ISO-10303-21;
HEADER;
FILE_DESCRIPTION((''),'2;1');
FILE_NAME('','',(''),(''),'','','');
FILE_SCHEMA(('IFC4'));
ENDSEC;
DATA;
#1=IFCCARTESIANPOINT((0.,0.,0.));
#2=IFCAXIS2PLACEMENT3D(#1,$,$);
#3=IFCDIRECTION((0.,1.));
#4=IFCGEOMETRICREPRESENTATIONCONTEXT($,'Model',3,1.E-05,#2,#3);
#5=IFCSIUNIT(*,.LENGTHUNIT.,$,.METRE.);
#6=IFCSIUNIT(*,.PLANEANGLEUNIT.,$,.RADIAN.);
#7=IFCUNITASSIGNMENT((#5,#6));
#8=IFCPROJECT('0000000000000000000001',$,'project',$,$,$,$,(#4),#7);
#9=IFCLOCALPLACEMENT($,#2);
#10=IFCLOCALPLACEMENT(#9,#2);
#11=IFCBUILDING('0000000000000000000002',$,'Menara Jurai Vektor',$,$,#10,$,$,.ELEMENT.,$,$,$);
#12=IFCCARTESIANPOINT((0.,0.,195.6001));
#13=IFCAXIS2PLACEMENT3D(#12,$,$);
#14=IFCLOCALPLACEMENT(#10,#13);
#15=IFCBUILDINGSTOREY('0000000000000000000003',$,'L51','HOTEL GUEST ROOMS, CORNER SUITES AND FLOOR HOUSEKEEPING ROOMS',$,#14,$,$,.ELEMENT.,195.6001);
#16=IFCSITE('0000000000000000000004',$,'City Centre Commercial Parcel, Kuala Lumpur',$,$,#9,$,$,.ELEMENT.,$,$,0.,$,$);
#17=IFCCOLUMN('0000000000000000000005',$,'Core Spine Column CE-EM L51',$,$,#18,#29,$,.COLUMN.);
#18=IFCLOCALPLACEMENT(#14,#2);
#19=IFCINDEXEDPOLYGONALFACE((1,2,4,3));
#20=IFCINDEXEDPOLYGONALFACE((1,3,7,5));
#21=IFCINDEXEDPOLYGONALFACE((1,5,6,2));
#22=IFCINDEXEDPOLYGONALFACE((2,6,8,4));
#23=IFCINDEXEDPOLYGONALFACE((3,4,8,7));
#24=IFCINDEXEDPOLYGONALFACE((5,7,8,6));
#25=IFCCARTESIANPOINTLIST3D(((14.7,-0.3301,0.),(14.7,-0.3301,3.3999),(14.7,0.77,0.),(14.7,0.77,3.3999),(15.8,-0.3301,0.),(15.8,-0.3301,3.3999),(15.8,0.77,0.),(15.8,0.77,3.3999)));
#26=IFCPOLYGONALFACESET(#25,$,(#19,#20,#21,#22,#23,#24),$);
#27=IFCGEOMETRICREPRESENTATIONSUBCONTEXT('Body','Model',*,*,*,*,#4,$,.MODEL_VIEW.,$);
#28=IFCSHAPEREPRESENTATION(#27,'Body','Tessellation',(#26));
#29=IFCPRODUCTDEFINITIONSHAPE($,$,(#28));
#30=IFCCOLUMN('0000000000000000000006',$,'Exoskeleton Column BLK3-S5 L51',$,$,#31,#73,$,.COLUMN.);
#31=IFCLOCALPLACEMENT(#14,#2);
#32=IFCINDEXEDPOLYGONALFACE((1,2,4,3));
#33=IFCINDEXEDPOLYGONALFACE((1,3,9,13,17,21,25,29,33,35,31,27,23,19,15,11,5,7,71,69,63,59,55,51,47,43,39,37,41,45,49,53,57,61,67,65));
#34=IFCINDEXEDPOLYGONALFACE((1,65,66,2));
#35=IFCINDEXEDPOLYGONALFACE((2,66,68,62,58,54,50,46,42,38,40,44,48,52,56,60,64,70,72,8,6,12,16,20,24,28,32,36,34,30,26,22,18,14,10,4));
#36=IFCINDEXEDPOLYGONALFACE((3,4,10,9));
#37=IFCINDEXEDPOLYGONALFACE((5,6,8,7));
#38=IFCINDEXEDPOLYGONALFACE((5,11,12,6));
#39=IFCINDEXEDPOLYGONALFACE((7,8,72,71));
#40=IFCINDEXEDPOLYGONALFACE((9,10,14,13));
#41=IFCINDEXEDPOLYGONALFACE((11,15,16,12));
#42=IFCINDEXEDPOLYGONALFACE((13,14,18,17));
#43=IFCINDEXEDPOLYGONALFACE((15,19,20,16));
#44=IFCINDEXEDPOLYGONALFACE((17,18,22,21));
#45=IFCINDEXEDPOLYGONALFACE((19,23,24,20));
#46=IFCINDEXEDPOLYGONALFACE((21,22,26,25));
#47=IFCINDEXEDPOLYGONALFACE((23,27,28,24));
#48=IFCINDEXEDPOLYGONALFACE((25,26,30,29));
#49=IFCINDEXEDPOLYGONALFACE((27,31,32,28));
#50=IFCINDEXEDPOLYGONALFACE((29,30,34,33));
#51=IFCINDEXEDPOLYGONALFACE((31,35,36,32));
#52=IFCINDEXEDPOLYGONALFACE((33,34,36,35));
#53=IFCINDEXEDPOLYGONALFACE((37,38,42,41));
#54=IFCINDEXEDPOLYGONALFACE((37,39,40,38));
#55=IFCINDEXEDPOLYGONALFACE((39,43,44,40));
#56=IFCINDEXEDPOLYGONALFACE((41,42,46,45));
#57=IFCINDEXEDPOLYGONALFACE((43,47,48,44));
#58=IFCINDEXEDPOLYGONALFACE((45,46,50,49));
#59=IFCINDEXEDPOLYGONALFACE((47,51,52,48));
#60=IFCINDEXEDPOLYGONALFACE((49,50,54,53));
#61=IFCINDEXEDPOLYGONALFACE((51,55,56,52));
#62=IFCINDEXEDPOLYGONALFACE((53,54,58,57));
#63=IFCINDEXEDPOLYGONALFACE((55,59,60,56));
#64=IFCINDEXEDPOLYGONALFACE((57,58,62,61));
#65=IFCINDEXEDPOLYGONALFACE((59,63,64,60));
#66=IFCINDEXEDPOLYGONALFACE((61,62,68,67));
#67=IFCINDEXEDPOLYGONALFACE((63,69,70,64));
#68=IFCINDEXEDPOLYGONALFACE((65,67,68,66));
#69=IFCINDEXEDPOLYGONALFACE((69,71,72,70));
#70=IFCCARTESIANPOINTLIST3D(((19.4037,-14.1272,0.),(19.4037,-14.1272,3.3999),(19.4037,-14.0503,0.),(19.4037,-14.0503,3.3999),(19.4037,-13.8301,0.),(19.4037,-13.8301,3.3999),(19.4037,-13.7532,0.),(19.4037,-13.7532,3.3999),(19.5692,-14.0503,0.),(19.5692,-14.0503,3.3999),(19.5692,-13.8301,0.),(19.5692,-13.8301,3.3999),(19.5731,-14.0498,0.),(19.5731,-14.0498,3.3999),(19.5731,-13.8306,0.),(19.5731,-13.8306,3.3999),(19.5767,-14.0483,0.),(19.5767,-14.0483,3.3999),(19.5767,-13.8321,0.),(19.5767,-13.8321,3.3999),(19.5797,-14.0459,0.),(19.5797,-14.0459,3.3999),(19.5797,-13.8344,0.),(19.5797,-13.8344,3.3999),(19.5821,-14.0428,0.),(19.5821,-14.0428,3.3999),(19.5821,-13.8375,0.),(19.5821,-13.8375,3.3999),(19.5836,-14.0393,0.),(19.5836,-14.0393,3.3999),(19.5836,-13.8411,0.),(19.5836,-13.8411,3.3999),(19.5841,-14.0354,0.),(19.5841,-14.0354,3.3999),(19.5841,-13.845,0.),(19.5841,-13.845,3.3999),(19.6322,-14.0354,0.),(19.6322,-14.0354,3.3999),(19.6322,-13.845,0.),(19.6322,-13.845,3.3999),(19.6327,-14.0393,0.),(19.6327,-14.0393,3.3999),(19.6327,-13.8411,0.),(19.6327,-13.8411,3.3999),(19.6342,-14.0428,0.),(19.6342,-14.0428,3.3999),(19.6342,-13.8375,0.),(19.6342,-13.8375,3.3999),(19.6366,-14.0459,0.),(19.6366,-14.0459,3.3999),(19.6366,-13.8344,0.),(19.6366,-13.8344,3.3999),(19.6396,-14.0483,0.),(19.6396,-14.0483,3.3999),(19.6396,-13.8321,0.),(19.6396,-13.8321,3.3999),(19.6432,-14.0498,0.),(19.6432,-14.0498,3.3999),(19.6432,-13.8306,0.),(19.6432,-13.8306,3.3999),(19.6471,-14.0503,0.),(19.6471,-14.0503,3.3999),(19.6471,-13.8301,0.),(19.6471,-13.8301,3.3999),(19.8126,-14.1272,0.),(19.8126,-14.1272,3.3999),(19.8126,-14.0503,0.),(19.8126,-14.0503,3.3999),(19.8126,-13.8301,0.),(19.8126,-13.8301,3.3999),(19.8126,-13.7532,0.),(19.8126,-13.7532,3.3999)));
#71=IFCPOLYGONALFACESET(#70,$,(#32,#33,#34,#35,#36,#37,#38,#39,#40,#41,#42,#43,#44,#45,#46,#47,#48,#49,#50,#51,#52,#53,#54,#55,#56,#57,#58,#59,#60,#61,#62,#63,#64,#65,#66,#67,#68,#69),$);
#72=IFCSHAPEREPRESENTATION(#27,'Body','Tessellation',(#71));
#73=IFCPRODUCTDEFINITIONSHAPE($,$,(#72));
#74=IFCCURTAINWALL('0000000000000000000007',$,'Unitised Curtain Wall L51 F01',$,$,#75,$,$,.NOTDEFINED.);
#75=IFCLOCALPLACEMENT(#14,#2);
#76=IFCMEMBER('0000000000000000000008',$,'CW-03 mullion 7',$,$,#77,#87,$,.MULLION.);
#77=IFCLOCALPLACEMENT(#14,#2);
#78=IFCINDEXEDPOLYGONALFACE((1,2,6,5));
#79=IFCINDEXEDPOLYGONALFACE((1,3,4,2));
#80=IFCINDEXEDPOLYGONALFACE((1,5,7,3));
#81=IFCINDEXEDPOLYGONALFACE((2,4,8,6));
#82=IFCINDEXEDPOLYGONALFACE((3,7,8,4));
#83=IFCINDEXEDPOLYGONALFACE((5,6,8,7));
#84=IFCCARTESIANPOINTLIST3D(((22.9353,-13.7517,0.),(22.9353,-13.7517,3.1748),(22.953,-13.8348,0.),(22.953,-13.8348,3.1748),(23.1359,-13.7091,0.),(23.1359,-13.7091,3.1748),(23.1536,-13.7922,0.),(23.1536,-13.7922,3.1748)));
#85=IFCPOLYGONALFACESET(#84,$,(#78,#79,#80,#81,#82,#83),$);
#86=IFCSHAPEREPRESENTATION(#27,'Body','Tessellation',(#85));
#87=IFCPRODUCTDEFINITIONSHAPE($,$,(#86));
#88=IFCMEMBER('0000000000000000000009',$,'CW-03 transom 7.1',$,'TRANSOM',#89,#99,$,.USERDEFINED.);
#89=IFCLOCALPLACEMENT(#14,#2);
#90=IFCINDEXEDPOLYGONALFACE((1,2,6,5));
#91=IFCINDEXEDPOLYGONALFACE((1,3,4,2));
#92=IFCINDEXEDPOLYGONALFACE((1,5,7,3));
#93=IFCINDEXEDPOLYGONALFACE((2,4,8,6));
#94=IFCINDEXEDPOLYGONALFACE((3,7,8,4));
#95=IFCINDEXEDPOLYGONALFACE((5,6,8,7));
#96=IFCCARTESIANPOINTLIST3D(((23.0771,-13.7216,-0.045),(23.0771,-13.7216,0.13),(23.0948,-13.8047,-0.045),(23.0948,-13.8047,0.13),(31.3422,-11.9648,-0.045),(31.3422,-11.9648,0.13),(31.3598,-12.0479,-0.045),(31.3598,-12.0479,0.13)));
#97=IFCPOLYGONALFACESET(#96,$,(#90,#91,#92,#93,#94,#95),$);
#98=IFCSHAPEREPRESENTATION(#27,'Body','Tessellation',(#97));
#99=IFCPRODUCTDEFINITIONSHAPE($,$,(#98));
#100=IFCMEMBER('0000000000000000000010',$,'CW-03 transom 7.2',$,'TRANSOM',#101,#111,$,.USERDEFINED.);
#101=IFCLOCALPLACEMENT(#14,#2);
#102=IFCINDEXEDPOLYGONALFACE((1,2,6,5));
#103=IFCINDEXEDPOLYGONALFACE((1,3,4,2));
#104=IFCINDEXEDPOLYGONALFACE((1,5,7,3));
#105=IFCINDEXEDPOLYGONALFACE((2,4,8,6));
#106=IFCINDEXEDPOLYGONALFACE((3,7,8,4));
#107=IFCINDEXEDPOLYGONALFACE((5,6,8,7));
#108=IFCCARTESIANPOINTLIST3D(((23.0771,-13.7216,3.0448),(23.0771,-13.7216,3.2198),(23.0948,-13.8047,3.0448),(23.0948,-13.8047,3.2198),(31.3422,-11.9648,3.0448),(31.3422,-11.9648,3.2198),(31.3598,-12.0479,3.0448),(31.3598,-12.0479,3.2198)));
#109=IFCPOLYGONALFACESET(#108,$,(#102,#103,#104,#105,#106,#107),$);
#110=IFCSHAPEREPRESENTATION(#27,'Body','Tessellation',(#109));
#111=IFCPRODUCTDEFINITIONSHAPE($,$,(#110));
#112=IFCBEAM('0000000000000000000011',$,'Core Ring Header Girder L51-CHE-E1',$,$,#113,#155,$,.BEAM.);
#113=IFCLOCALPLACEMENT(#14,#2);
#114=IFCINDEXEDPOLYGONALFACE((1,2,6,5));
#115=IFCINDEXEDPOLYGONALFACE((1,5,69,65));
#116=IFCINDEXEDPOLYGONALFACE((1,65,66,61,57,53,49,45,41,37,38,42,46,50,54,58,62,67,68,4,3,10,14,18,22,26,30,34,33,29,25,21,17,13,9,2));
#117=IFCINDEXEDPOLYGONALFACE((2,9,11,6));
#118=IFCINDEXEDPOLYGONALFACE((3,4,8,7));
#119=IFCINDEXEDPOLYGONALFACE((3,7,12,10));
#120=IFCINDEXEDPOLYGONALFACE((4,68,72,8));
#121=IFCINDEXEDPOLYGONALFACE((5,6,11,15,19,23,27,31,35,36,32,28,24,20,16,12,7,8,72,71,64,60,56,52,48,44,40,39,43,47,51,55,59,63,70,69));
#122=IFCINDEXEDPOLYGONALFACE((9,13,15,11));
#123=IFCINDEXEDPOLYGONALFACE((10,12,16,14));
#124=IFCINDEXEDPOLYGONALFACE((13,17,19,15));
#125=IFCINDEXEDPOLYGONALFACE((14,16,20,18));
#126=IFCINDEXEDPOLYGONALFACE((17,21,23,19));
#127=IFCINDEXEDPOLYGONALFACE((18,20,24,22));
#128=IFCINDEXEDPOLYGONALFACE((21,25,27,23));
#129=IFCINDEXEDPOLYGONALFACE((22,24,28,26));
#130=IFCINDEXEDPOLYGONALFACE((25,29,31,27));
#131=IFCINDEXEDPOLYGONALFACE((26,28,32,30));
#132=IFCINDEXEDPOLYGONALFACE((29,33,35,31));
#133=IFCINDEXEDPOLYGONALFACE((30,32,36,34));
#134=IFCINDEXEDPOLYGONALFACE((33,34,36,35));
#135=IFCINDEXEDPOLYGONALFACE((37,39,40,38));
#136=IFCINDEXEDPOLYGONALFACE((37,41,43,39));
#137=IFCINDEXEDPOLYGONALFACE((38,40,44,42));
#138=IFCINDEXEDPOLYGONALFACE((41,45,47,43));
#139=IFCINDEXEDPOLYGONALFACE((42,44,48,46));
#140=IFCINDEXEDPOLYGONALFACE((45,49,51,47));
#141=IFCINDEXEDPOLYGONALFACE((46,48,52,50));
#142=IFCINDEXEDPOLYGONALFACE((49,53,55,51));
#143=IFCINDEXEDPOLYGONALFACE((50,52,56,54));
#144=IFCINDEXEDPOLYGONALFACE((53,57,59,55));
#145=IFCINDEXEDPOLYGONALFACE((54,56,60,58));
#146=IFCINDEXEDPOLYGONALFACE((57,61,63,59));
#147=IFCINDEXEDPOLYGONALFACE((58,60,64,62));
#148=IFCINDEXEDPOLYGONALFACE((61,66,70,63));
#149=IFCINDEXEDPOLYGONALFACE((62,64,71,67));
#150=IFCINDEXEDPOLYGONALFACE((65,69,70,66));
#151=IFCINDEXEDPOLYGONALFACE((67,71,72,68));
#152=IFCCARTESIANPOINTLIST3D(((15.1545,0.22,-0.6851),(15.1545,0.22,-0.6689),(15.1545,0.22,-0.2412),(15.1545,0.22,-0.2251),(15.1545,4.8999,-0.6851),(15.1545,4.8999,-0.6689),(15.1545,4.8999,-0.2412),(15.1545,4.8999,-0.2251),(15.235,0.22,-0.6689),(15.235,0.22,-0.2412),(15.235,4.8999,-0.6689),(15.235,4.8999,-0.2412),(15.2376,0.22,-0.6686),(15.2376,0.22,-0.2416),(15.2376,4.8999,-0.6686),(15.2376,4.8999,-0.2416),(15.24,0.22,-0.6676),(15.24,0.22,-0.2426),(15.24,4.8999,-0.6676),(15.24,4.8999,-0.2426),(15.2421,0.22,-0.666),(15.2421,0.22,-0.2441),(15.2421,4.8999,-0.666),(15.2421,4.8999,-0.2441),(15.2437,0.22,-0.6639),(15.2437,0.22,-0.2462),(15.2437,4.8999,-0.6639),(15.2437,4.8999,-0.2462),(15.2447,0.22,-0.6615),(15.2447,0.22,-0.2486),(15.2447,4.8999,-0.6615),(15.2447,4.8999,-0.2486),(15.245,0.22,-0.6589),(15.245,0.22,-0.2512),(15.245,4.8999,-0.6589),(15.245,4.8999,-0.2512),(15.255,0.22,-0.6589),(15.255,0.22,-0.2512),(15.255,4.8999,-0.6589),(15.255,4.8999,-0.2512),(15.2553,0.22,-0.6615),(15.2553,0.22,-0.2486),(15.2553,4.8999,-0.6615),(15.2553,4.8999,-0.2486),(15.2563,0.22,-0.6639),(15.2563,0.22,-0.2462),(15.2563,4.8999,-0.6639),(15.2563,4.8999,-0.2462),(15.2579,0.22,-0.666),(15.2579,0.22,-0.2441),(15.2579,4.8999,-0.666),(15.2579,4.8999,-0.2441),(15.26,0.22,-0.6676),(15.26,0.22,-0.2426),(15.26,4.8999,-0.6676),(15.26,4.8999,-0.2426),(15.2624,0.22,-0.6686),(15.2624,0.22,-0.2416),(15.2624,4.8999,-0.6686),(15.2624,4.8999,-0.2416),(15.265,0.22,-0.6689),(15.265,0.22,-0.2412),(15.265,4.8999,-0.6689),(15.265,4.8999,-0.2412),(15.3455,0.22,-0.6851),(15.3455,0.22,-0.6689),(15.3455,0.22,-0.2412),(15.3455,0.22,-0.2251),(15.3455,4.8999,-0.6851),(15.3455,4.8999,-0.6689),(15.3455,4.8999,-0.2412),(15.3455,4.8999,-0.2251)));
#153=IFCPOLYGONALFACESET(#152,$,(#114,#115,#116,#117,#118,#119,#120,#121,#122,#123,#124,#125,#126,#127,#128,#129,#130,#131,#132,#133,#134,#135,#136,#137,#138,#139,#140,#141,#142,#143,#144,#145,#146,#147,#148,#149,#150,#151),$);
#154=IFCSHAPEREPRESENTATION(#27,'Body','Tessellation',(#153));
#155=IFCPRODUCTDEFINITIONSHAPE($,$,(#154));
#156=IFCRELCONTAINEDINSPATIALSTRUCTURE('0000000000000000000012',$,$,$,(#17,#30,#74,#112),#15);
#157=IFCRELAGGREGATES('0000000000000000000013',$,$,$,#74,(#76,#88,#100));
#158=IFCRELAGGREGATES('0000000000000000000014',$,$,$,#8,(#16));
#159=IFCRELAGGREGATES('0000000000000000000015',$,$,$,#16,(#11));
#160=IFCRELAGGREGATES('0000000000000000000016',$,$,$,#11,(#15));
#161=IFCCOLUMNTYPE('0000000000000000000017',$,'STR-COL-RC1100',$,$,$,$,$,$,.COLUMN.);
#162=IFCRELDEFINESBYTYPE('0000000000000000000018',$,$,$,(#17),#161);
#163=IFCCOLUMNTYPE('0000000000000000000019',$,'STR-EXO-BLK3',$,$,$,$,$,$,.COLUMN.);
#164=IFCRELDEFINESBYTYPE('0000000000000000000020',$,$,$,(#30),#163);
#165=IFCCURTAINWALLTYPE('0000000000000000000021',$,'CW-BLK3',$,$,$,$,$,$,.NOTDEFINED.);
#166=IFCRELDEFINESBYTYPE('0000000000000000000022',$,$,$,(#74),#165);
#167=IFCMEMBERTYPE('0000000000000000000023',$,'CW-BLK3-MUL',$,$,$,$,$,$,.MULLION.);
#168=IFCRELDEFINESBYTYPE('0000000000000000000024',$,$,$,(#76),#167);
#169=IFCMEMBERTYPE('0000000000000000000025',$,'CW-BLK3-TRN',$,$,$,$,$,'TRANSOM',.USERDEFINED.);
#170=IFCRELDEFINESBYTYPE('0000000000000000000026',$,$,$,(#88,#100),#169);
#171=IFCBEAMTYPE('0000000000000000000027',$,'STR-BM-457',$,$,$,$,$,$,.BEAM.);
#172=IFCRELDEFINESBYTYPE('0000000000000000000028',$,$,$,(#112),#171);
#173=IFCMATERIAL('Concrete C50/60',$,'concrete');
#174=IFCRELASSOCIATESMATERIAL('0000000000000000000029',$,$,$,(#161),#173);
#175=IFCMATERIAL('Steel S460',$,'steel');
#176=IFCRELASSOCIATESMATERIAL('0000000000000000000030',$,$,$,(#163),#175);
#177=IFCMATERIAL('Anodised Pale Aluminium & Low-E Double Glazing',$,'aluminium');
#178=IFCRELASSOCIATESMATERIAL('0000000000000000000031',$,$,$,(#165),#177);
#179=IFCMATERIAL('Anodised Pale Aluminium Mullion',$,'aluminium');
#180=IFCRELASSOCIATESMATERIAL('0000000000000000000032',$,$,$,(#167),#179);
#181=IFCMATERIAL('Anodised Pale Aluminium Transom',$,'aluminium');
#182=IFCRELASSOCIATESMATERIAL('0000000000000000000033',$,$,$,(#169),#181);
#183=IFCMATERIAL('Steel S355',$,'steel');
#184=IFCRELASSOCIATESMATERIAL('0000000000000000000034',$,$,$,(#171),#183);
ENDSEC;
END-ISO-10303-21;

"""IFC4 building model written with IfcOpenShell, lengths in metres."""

from ifc_helpers import new_model, si_unit, direction, frame, origin, origin_2d, place, context, subcontext, project, spatial, rectangle, i_section, extrude, material, material_profile, profile_set, type_object, element, aggregate, save


model = new_model("IFC4")

# Units and contexts
model_context = context("Model", 3, precision=1e-05, world=origin(), true_north=direction((0.0, 1.0)))
body_context = subcontext(model_context, "Body", "Model", "MODEL_VIEW")
ifc_project = project(units=[si_unit("LENGTHUNIT", "METRE"), si_unit("PLANEANGLEUNIT", "RADIAN")], contexts=[model_context])

# Site, building, storey
site_placement = place(None, origin())
site = spatial("IfcSite", under=ifc_project, at=site_placement, Name="City Centre Commercial Parcel, Kuala Lumpur", CompositionType="ELEMENT", RefElevation=0.0)
building_placement = place(site_placement, origin())
building = spatial("IfcBuilding", under=site, at=building_placement, Name="Menara Jurai Vektor", CompositionType="ELEMENT")
storey_placement = place(building_placement, frame((0.0, 0.0, 195.6001)))
storey = spatial("IfcBuildingStorey", under=building, at=storey_placement, Name="L51", Description="HOTEL GUEST ROOMS, CORNER SUITES AND FLOOR HOUSEKEEPING ROOMS", CompositionType="ELEMENT", Elevation=195.6001)

# Columns
ifc_material_1 = material(Name="Concrete C50/60", Category="concrete")
ifc_material_profile_1 = material_profile(ifc_material_1, rectangle(XDim=1.1001, YDim=1.1001, at=origin_2d()), Name="RC 1100x1100")
ifc_profile_set_1 = profile_set([ifc_material_profile_1], Name="Concrete C50/60")
column_type_1 = type_object("IfcColumnType", Name="STR-COL-RC1100", PredefinedType="COLUMN", material=ifc_profile_set_1)
column_1_placement = place(storey_placement, frame((15.25, 0.22, 0.0), z_axis=(0.0, 0.0, 1.0), x_axis=(1.0, 0.0, 0.0)))
element("IfcColumn", 1, at=column_1_placement, inside=storey, type_object=column_type_1, Name="Core Spine Column CE-EM L51", PredefinedType="COLUMN", context=body_context, shape_type="SweptSolid", body=[
    extrude(rectangle(XDim=1.1001, YDim=1.1001, at=origin_2d()), origin(), (0.0, 0.0, 1.0), 3.3999),
])
ifc_material_2 = material(Name="Steel S460", Category="steel")
ifc_material_profile_2 = material_profile(ifc_material_2, i_section(OverallWidth=0.4089, OverallDepth=0.374, WebThickness=0.0481, FlangeThickness=0.0769, FilletRadius=0.0149, at=origin_2d()), Name="HD 400x634")
ifc_profile_set_2 = profile_set([ifc_material_profile_2], Name="Steel S460")
column_type_2 = type_object("IfcColumnType", Name="STR-EXO-BLK3", PredefinedType="COLUMN", material=ifc_profile_set_2)
column_2_placement = place(storey_placement, frame((19.6082, -13.9402, 0.0), z_axis=(0.0, 0.0, 1.0), x_axis=(1.0, 0.0, 0.0)))
element("IfcColumn", 2, at=column_2_placement, inside=storey, type_object=column_type_2, Name="Exoskeleton Column BLK3-S5 L51", PredefinedType="COLUMN", context=body_context, shape_type="SweptSolid", body=[
    extrude(i_section(OverallWidth=0.4089, OverallDepth=0.374, WebThickness=0.0481, FlangeThickness=0.0769, FilletRadius=0.0149, at=origin_2d()), origin(), (0.0, 0.0, 1.0), 3.3999),
])

# Curtain wall, members
ifc_material_3 = material(Name="Anodised Pale Aluminium & Low-E Double Glazing", Category="aluminium")
curtain_wall_type = type_object("IfcCurtainWallType", Name="CW-BLK3", PredefinedType="NOTDEFINED", material=ifc_material_3)
curtain_wall_placement = place(storey_placement, origin())
curtain_wall = element("IfcCurtainWall", 3, at=curtain_wall_placement, inside=storey, type_object=curtain_wall_type, Name="Unitised Curtain Wall L51 F01", PredefinedType="NOTDEFINED")
ifc_material_4 = material(Name="Anodised Pale Aluminium Mullion", Category="aluminium")
ifc_material_profile_3 = material_profile(ifc_material_4, rectangle(XDim=0.085, YDim=0.2051, at=origin_2d()), Name="ALU MUL 85x205")
ifc_profile_set_3 = profile_set([ifc_material_profile_3], Name="Anodised Pale Aluminium Mullion")
member_type_1 = type_object("IfcMemberType", Name="CW-BLK3-MUL", PredefinedType="MULLION", material=ifc_profile_set_3)
member_1_placement = place(storey_placement, frame((23.0444, -13.772, 0.0), z_axis=(0.0, 0.0, 1.0), x_axis=(-0.207911, 0.978148, 0.0)))
member_1 = element("IfcMember", 4, at=member_1_placement, type_object=member_type_1, Name="CW-03 mullion 7", PredefinedType="MULLION", context=body_context, shape_type="SweptSolid", body=[
    extrude(rectangle(XDim=0.085, YDim=0.2051, at=origin_2d()), origin(), (0.0, 0.0, 1.0), 3.1748),
])
ifc_material_5 = material(Name="Anodised Pale Aluminium Transom", Category="aluminium")
ifc_material_profile_4 = material_profile(ifc_material_5, rectangle(XDim=0.085, YDim=0.175, at=origin_2d()), Name="ALU TRN 85x175")
ifc_profile_set_4 = profile_set([ifc_material_profile_4], Name="Anodised Pale Aluminium Transom")
member_type_2 = type_object("IfcMemberType", Name="CW-BLK3-TRN", ElementType="TRANSOM", PredefinedType="USERDEFINED", material=ifc_profile_set_4)
member_2_placement = place(storey_placement, frame((23.0859, -13.7632, 0.0425), z_axis=(0.978147, 0.207915, 0.0), x_axis=(-0.207915, 0.978147, 0.0)))
member_2 = element("IfcMember", 5, at=member_2_placement, type_object=member_type_2, Name="CW-03 transom 7.1", ObjectType="TRANSOM", PredefinedType="USERDEFINED", context=body_context, shape_type="SweptSolid", body=[
    extrude(rectangle(XDim=0.085, YDim=0.175, at=origin_2d()), origin(), (0.0, 0.0, 1.0), 8.4497),
])
member_3_placement = place(storey_placement, frame((23.0859, -13.7632, 3.1323), z_axis=(0.978147, 0.207915, 0.0), x_axis=(-0.207915, 0.978147, 0.0)))
member_3 = element("IfcMember", 6, at=member_3_placement, type_object=member_type_2, Name="CW-03 transom 7.2", ObjectType="TRANSOM", PredefinedType="USERDEFINED", context=body_context, shape_type="SweptSolid", body=[
    extrude(rectangle(XDim=0.085, YDim=0.175, at=origin_2d()), origin(), (0.0, 0.0, 1.0), 8.4497),
])

# Beam
ifc_material_6 = material(Name="Steel S355", Category="steel")
ifc_material_profile_5 = material_profile(ifc_material_6, i_section(OverallWidth=0.1909, OverallDepth=0.46, WebThickness=0.01, FlangeThickness=0.0161, FilletRadius=0.01, at=origin_2d()), Name="UKB 457x191x82")
ifc_profile_set_5 = profile_set([ifc_material_profile_5], Name="Steel S355")
beam_type_1 = type_object("IfcBeamType", Name="STR-BM-457", PredefinedType="BEAM", material=ifc_profile_set_5)
beam_1_placement = place(storey_placement, frame((15.25, 0.22, -0.4551), z_axis=(0.0, 1.0, 0.0), x_axis=(-1.0, 0.0, 0.0)))
element("IfcBeam", 7, at=beam_1_placement, inside=storey, type_object=beam_type_1, Name="Core Ring Header Girder L51-CHE-E1", PredefinedType="BEAM", context=body_context, shape_type="SweptSolid", body=[
    extrude(i_section(OverallWidth=0.1909, OverallDepth=0.46, WebThickness=0.01, FlangeThickness=0.0161, FilletRadius=0.01, at=origin_2d()), origin(), (0.0, 0.0, 1.0), 4.6799),
])

aggregate(curtain_wall, [member_1, member_2, member_3])

save(model, "model.ifc")
